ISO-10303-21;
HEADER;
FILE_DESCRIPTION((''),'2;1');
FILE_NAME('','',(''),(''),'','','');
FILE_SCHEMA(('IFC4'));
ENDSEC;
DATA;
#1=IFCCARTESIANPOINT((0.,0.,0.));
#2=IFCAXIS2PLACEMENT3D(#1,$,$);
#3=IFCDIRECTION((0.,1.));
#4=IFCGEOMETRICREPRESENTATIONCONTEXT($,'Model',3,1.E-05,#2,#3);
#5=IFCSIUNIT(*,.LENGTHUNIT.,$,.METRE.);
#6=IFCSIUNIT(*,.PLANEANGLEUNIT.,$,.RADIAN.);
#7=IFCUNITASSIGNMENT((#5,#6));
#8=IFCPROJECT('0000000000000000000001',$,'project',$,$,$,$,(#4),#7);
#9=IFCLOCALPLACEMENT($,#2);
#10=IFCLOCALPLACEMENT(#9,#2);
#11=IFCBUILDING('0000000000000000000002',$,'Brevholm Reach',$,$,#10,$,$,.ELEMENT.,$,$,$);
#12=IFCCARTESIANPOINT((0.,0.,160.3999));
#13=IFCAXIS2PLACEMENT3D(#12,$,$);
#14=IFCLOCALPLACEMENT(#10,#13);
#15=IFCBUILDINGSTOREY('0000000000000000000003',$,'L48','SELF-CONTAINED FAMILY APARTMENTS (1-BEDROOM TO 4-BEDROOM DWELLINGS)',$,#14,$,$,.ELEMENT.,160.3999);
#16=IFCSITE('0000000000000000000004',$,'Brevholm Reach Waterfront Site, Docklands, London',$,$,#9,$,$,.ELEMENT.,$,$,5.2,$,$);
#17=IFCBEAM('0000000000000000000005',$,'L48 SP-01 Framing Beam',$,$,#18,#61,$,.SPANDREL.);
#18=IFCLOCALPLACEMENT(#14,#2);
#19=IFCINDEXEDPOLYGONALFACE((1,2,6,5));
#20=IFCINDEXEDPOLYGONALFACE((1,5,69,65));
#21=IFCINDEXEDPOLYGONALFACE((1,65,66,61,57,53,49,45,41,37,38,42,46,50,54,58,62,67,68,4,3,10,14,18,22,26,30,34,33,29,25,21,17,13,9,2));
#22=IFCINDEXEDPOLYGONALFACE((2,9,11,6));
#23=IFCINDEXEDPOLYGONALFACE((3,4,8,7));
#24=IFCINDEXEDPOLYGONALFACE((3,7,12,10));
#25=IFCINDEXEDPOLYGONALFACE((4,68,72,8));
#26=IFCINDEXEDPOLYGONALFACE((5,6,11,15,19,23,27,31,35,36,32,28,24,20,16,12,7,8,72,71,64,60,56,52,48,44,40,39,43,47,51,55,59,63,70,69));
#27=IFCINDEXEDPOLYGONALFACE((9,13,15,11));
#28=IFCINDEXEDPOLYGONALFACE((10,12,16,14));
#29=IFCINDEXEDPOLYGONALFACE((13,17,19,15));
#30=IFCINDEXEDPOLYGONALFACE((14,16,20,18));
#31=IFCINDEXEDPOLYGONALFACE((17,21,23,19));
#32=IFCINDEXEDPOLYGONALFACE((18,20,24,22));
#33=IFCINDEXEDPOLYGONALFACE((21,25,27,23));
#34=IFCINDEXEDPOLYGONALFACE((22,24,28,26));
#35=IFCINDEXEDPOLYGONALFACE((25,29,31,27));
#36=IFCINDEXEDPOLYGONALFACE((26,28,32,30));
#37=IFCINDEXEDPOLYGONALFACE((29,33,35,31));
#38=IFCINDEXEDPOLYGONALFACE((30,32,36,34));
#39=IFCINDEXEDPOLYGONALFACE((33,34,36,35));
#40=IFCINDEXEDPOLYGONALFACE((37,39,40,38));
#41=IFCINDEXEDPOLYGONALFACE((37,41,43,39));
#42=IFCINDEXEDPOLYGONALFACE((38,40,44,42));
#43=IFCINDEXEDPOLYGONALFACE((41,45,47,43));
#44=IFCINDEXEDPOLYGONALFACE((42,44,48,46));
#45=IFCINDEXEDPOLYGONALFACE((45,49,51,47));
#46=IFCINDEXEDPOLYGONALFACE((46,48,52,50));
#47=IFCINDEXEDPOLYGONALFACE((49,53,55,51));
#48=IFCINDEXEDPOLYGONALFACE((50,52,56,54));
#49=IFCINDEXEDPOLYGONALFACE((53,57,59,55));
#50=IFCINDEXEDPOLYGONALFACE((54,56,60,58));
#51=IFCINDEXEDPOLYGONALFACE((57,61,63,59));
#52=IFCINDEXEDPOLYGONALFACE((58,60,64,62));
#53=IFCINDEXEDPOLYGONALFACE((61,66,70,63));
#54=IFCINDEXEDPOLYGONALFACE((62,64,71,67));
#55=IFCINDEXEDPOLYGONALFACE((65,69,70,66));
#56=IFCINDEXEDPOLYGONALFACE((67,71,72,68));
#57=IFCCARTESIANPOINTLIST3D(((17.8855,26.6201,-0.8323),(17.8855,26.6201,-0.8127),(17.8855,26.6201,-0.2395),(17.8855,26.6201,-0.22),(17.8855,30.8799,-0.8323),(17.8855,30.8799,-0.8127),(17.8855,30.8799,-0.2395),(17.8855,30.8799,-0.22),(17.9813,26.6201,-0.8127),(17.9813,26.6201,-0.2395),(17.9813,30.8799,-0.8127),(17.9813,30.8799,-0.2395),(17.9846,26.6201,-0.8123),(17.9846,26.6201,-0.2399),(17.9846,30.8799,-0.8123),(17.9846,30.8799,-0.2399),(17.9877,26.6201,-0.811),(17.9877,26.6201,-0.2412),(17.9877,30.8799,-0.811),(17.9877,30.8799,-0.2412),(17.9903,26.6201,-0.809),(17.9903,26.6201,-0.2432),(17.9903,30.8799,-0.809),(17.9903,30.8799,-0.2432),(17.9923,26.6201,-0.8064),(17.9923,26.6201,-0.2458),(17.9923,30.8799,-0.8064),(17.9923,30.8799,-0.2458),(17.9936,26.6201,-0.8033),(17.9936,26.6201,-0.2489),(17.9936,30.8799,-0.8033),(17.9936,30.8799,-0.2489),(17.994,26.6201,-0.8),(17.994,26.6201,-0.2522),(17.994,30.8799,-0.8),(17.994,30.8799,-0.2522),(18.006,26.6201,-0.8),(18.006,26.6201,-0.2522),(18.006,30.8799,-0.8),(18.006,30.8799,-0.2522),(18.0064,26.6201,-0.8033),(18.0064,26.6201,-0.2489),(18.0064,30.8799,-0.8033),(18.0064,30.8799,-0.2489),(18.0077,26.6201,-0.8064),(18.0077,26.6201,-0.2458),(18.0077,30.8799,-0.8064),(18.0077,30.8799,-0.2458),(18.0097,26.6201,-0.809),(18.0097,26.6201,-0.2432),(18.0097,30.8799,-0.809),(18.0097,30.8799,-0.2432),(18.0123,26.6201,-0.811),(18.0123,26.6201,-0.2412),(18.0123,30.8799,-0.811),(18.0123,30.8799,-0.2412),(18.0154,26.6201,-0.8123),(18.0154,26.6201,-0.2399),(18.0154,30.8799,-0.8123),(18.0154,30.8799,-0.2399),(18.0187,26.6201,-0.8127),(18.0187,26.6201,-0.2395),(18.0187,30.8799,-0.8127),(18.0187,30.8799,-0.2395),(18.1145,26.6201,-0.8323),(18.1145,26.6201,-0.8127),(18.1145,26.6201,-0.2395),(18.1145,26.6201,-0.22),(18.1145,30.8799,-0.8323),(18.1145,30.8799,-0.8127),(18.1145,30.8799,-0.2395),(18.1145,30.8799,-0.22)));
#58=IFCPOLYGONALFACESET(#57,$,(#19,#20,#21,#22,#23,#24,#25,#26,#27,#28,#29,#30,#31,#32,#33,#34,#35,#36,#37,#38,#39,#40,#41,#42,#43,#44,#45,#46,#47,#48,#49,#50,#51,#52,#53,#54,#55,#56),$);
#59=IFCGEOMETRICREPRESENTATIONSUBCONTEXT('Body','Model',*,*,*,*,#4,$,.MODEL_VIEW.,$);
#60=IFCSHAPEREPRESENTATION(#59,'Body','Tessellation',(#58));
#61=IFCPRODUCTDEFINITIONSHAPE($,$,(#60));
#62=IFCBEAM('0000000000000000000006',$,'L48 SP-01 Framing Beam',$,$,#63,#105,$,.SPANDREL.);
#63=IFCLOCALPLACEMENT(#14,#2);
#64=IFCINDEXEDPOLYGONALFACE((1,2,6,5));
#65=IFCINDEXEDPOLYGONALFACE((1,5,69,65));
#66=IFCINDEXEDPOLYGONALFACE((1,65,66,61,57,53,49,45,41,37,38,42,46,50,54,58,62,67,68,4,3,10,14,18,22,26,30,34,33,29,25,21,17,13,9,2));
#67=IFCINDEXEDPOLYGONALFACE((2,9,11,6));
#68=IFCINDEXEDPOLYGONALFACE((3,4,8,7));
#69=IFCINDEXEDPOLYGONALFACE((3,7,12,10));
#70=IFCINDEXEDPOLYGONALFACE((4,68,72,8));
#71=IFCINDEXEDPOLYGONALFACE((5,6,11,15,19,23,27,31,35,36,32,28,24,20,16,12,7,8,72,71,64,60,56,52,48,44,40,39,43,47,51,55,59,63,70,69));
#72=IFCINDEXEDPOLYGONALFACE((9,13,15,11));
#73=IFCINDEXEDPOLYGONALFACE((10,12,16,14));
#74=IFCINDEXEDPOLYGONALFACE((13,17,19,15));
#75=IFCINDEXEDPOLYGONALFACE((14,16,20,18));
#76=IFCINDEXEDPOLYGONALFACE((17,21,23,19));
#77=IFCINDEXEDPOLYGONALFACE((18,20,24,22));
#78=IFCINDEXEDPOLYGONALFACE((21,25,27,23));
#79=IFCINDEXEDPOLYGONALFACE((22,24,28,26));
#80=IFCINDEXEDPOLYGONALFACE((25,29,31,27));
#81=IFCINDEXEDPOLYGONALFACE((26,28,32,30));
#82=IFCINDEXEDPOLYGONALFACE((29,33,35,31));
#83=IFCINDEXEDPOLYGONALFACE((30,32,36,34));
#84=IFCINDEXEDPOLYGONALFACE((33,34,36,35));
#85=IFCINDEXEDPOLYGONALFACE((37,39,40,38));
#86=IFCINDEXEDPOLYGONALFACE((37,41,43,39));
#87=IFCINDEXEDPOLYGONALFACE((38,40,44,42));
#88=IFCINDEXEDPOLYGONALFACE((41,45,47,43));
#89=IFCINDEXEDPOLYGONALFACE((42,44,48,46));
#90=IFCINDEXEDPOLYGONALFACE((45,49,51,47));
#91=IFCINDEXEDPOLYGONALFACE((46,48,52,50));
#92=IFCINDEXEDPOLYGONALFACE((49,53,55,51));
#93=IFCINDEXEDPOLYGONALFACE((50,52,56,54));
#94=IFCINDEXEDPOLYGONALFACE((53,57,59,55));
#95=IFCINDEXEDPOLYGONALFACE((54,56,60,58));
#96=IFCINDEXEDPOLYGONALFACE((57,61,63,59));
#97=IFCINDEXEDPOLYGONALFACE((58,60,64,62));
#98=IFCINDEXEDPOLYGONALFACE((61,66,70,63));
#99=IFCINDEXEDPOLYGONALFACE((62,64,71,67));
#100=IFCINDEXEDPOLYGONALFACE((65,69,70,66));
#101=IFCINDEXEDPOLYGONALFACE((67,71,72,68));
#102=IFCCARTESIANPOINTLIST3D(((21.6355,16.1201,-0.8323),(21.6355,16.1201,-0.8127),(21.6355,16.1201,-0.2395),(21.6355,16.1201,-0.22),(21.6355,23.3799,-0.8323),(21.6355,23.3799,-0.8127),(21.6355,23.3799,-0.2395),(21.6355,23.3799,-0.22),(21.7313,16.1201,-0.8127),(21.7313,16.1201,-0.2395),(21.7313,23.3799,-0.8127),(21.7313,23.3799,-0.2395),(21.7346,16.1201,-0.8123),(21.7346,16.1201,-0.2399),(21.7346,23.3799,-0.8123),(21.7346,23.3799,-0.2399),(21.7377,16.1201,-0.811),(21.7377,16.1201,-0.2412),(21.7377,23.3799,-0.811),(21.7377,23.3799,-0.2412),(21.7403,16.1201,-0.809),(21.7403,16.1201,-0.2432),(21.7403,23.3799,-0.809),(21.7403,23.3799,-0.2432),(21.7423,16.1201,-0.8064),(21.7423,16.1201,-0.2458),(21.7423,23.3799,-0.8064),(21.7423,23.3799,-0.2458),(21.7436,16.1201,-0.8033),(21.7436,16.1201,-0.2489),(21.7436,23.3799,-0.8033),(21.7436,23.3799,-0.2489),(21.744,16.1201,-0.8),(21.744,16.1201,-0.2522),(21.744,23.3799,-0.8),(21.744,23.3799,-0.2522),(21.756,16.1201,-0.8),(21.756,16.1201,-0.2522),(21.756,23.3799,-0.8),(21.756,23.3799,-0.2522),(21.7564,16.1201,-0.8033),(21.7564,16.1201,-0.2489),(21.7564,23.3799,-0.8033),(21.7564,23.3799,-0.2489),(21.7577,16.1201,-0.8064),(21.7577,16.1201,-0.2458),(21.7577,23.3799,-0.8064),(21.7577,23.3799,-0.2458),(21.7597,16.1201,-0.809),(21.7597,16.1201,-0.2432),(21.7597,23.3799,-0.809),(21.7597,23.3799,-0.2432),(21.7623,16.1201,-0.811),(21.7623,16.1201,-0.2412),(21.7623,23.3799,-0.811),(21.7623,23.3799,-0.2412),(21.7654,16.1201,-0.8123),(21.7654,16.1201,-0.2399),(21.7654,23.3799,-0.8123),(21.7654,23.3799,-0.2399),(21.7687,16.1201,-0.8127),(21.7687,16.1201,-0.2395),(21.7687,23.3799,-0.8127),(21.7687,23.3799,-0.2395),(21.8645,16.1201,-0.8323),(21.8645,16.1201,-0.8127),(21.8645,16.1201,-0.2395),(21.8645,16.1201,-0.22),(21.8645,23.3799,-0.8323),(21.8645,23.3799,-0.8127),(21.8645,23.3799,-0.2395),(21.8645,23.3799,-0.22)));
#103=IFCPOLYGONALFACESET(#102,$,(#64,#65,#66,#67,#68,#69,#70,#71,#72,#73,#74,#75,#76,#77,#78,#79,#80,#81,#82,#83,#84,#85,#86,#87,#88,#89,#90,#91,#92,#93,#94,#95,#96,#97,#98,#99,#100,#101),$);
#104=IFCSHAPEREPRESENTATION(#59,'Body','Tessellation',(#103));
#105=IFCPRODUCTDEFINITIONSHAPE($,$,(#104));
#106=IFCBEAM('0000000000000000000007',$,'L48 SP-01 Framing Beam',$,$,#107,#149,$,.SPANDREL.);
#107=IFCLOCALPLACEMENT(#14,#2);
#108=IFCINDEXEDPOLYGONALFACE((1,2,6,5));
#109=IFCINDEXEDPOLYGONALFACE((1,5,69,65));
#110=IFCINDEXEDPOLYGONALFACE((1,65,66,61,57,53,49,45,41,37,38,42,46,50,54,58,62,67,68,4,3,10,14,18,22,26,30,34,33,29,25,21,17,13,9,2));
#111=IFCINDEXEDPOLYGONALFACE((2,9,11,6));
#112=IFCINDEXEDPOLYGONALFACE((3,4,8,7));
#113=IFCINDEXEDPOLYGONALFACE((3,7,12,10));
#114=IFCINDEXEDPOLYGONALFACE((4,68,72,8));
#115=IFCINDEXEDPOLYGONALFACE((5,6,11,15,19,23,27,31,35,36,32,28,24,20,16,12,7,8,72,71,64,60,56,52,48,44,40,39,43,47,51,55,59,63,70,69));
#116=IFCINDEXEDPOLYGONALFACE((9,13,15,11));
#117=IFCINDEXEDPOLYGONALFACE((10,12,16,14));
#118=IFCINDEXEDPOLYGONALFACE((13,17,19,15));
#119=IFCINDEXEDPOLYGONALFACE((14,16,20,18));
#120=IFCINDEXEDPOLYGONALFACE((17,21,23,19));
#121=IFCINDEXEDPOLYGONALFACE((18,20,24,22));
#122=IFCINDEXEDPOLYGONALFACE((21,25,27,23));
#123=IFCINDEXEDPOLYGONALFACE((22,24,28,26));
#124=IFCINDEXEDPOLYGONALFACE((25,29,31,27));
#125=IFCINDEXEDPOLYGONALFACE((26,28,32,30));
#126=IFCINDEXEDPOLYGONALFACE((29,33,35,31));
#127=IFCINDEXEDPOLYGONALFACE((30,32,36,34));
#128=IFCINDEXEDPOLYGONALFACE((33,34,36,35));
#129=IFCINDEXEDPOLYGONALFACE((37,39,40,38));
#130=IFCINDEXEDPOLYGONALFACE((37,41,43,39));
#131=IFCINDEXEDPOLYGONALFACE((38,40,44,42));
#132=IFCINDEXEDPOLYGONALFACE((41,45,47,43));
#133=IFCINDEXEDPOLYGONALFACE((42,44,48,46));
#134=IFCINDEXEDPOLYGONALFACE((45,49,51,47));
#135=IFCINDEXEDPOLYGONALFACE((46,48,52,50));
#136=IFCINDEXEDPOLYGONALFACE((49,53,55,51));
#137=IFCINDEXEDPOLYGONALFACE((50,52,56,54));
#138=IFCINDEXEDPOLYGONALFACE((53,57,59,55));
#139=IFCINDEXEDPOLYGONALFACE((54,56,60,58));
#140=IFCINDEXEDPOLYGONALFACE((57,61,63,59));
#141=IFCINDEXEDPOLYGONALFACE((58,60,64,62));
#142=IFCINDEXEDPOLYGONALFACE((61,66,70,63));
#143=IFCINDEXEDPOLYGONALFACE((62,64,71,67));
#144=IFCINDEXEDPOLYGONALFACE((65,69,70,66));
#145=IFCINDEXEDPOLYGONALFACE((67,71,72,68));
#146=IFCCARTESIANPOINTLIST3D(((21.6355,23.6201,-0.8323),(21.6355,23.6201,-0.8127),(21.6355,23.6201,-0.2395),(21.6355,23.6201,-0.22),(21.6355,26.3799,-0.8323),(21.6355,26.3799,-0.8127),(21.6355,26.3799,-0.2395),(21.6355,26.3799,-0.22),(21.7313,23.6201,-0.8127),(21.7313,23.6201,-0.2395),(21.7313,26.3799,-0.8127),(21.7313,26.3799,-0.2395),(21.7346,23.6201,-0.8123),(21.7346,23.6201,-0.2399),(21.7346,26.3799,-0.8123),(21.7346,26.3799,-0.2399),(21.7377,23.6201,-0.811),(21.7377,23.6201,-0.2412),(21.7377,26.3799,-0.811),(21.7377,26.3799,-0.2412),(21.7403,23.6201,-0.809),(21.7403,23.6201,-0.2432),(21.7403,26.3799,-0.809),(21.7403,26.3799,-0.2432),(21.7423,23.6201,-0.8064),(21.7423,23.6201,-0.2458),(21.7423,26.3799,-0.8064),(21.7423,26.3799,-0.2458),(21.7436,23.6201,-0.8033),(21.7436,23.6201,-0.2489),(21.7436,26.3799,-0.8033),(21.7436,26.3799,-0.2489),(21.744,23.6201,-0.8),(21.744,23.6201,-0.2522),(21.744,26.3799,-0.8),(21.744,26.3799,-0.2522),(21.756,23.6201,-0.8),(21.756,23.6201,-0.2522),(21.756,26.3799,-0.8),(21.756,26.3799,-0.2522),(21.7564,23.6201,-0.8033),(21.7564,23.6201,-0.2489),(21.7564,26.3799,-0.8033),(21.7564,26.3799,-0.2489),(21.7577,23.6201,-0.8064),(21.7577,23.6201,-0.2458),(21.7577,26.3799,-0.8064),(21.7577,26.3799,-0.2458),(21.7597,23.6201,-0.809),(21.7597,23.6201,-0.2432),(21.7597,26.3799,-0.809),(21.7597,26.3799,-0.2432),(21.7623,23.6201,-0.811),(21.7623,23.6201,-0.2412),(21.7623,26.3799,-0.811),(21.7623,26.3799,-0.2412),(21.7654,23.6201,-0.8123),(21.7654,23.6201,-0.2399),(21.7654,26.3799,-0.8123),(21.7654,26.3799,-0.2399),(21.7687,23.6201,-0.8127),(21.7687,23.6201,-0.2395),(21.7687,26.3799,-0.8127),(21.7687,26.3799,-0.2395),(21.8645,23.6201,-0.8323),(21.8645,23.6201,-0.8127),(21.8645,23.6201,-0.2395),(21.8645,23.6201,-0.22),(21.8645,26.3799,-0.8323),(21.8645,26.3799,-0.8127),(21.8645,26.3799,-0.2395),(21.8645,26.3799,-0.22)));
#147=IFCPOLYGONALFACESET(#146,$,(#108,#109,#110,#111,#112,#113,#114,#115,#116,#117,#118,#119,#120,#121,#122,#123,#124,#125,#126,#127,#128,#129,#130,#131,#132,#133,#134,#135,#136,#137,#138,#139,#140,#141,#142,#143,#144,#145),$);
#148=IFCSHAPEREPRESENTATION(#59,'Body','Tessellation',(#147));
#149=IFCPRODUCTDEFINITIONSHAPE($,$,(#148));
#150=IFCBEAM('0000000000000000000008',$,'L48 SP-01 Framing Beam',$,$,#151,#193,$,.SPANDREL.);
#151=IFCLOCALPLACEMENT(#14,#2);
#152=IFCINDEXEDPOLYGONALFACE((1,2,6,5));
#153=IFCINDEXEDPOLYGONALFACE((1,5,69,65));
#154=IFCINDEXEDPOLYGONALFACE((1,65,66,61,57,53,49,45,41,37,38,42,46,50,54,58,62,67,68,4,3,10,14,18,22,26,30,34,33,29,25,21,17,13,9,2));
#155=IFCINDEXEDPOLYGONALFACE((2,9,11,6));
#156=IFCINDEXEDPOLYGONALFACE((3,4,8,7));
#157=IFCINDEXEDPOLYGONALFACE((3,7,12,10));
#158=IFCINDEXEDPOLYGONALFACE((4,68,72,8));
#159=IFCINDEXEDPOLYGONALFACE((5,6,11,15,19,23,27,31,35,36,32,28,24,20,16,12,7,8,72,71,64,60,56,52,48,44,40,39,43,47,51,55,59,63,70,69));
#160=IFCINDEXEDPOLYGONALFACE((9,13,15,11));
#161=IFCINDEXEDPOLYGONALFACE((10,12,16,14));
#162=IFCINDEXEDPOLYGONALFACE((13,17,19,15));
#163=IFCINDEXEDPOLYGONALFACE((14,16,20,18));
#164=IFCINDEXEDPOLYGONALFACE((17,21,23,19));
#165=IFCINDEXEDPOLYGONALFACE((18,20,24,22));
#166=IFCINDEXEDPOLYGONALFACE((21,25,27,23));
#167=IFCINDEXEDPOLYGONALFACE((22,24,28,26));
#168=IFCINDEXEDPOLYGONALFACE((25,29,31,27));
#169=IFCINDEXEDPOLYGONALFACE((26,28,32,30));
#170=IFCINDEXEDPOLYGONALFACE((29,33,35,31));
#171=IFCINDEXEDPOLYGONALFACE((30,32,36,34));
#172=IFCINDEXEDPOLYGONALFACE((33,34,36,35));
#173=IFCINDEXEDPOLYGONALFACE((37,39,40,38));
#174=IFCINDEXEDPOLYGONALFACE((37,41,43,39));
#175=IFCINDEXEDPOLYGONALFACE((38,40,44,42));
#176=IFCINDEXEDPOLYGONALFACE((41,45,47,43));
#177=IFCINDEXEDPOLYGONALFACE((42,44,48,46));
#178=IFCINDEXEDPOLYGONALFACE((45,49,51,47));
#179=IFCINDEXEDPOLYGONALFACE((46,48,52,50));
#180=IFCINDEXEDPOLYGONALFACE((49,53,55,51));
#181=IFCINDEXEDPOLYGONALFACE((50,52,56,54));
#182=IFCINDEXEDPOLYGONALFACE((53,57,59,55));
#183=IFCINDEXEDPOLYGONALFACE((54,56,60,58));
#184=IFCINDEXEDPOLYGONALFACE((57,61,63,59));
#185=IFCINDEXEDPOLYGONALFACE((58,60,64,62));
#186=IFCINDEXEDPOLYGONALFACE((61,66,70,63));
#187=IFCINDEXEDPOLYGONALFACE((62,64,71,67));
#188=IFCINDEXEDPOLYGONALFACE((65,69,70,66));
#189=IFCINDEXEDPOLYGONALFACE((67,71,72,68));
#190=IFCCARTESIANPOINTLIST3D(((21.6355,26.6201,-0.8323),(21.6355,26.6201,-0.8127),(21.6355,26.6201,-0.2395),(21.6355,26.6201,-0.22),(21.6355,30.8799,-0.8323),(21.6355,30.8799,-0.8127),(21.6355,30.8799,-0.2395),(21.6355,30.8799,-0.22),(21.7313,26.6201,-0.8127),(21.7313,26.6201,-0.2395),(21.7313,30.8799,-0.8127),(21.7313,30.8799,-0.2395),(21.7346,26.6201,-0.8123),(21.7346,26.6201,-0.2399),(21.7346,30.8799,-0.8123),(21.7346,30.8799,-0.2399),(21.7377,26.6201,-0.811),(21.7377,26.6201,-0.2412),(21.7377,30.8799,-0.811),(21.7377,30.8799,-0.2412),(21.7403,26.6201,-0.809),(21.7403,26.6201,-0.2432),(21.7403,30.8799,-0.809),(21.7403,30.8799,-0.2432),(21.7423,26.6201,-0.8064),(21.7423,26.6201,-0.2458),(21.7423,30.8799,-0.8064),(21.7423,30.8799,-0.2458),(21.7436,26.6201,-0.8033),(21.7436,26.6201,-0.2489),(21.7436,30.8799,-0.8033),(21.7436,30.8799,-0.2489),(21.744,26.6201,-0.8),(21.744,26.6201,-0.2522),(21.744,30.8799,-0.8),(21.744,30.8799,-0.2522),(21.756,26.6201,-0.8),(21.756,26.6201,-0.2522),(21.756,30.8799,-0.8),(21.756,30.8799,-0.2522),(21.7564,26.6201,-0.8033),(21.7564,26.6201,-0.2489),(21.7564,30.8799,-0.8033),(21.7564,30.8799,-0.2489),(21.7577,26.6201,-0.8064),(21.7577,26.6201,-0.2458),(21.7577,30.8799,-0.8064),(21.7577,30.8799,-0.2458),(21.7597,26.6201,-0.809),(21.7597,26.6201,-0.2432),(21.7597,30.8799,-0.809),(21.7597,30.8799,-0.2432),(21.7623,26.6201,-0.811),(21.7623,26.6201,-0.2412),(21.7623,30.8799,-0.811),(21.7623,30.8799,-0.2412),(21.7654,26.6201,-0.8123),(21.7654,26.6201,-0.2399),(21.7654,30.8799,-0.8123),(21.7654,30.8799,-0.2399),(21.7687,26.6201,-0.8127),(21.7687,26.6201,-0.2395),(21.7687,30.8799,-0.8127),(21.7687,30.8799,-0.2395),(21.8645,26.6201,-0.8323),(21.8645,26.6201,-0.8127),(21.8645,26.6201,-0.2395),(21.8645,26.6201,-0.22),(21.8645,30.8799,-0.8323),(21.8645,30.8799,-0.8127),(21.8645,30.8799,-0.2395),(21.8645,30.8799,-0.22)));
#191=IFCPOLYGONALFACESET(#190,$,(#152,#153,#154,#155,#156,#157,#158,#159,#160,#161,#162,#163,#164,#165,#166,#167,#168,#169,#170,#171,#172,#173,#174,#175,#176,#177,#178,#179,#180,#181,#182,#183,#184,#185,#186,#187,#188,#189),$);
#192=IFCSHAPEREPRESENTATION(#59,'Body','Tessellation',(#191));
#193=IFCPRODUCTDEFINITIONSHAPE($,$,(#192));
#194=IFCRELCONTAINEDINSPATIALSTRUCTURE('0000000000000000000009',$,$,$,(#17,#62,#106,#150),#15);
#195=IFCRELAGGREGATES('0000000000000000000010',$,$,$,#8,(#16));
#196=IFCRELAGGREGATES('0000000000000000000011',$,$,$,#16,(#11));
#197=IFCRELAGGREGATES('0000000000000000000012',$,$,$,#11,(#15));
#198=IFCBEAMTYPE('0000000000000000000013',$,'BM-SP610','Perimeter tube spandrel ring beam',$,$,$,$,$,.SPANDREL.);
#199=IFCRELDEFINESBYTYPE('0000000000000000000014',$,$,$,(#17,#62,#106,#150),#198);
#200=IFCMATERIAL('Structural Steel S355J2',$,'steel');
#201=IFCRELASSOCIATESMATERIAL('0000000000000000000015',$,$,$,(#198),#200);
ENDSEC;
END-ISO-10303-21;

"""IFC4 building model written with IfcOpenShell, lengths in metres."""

from ifc_helpers import new_model, si_unit, direction, frame, origin, origin_2d, place, context, subcontext, project, spatial, i_section, extrude, material, material_profile, profile_set, type_object, element, save


model = new_model("IFC4")

# Units and contexts
model_context = context("Model", 3, precision=1e-05, world=origin(), true_north=direction((0.0, 1.0)))
body_context = subcontext(model_context, "Body", "Model", "MODEL_VIEW")
ifc_project = project(units=[si_unit("LENGTHUNIT", "METRE"), si_unit("PLANEANGLEUNIT", "RADIAN")], contexts=[model_context])

# Site, building, storey
site_placement = place(None, origin())
site = spatial("IfcSite", under=ifc_project, at=site_placement, Name="Brevholm Reach Waterfront Site, Docklands, London", CompositionType="ELEMENT", RefElevation=5.2)
building_placement = place(site_placement, origin())
building = spatial("IfcBuilding", under=site, at=building_placement, Name="Brevholm Reach", CompositionType="ELEMENT")
storey_placement = place(building_placement, frame((0.0, 0.0, 160.3999)))
storey = spatial("IfcBuildingStorey", under=building, at=storey_placement, Name="L48", Description="SELF-CONTAINED FAMILY APARTMENTS (1-BEDROOM TO 4-BEDROOM DWELLINGS)", CompositionType="ELEMENT", Elevation=160.3999)

# Beams
ifc_material_1 = material(Name="Structural Steel S355J2", Category="steel")
ifc_material_profile_1 = material_profile(ifc_material_1, i_section(OverallWidth=0.229, OverallDepth=0.6123, WebThickness=0.012, FlangeThickness=0.0195, FilletRadius=0.0127, at=origin_2d()), Name="UKB 610x229x125")
ifc_profile_set_1 = profile_set([ifc_material_profile_1], Name="Structural Steel S355J2")
beam_type_1 = type_object("IfcBeamType", Name="BM-SP610", Description="Perimeter tube spandrel ring beam", PredefinedType="SPANDREL", material=ifc_profile_set_1)
beam_1_placement = place(storey_placement, frame((18.0, 26.6201, -0.5261), z_axis=(0.0, 1.0, 0.0), x_axis=(-1.0, 0.0, 0.0)))
element("IfcBeam", 1, at=beam_1_placement, inside=storey, type_object=beam_type_1, Name="L48 SP-01 Framing Beam", PredefinedType="SPANDREL", context=body_context, shape_type="SweptSolid", body=[
    extrude(i_section(OverallWidth=0.229, OverallDepth=0.6123, WebThickness=0.012, FlangeThickness=0.0195, FilletRadius=0.0127, at=origin_2d()), origin(), (0.0, 0.0, 1.0), 4.2598),
])
beam_2_placement = place(storey_placement, frame((21.75, 16.1201, -0.5261), z_axis=(0.0, 1.0, 0.0), x_axis=(-1.0, 0.0, 0.0)))
element("IfcBeam", 2, at=beam_2_placement, inside=storey, type_object=beam_type_1, Name="L48 SP-01 Framing Beam", PredefinedType="SPANDREL", context=body_context, shape_type="SweptSolid", body=[
    extrude(i_section(OverallWidth=0.229, OverallDepth=0.6123, WebThickness=0.012, FlangeThickness=0.0195, FilletRadius=0.0127, at=origin_2d()), origin(), (0.0, 0.0, 1.0), 7.2598),
])
beam_3_placement = place(storey_placement, frame((21.75, 23.6201, -0.5261), z_axis=(0.0, 1.0, 0.0), x_axis=(-1.0, 0.0, 0.0)))
element("IfcBeam", 3, at=beam_3_placement, inside=storey, type_object=beam_type_1, Name="L48 SP-01 Framing Beam", PredefinedType="SPANDREL", context=body_context, shape_type="SweptSolid", body=[
    extrude(i_section(OverallWidth=0.229, OverallDepth=0.6123, WebThickness=0.012, FlangeThickness=0.0195, FilletRadius=0.0127, at=origin_2d()), origin(), (0.0, 0.0, 1.0), 2.7598),
])
beam_4_placement = place(storey_placement, frame((21.75, 26.6201, -0.5261), z_axis=(0.0, 1.0, 0.0), x_axis=(-1.0, 0.0, 0.0)))
element("IfcBeam", 4, at=beam_4_placement, inside=storey, type_object=beam_type_1, Name="L48 SP-01 Framing Beam", PredefinedType="SPANDREL", context=body_context, shape_type="SweptSolid", body=[
    extrude(i_section(OverallWidth=0.229, OverallDepth=0.6123, WebThickness=0.012, FlangeThickness=0.0195, FilletRadius=0.0127, at=origin_2d()), origin(), (0.0, 0.0, 1.0), 4.2598),
])

save(model, "model.ifc")
